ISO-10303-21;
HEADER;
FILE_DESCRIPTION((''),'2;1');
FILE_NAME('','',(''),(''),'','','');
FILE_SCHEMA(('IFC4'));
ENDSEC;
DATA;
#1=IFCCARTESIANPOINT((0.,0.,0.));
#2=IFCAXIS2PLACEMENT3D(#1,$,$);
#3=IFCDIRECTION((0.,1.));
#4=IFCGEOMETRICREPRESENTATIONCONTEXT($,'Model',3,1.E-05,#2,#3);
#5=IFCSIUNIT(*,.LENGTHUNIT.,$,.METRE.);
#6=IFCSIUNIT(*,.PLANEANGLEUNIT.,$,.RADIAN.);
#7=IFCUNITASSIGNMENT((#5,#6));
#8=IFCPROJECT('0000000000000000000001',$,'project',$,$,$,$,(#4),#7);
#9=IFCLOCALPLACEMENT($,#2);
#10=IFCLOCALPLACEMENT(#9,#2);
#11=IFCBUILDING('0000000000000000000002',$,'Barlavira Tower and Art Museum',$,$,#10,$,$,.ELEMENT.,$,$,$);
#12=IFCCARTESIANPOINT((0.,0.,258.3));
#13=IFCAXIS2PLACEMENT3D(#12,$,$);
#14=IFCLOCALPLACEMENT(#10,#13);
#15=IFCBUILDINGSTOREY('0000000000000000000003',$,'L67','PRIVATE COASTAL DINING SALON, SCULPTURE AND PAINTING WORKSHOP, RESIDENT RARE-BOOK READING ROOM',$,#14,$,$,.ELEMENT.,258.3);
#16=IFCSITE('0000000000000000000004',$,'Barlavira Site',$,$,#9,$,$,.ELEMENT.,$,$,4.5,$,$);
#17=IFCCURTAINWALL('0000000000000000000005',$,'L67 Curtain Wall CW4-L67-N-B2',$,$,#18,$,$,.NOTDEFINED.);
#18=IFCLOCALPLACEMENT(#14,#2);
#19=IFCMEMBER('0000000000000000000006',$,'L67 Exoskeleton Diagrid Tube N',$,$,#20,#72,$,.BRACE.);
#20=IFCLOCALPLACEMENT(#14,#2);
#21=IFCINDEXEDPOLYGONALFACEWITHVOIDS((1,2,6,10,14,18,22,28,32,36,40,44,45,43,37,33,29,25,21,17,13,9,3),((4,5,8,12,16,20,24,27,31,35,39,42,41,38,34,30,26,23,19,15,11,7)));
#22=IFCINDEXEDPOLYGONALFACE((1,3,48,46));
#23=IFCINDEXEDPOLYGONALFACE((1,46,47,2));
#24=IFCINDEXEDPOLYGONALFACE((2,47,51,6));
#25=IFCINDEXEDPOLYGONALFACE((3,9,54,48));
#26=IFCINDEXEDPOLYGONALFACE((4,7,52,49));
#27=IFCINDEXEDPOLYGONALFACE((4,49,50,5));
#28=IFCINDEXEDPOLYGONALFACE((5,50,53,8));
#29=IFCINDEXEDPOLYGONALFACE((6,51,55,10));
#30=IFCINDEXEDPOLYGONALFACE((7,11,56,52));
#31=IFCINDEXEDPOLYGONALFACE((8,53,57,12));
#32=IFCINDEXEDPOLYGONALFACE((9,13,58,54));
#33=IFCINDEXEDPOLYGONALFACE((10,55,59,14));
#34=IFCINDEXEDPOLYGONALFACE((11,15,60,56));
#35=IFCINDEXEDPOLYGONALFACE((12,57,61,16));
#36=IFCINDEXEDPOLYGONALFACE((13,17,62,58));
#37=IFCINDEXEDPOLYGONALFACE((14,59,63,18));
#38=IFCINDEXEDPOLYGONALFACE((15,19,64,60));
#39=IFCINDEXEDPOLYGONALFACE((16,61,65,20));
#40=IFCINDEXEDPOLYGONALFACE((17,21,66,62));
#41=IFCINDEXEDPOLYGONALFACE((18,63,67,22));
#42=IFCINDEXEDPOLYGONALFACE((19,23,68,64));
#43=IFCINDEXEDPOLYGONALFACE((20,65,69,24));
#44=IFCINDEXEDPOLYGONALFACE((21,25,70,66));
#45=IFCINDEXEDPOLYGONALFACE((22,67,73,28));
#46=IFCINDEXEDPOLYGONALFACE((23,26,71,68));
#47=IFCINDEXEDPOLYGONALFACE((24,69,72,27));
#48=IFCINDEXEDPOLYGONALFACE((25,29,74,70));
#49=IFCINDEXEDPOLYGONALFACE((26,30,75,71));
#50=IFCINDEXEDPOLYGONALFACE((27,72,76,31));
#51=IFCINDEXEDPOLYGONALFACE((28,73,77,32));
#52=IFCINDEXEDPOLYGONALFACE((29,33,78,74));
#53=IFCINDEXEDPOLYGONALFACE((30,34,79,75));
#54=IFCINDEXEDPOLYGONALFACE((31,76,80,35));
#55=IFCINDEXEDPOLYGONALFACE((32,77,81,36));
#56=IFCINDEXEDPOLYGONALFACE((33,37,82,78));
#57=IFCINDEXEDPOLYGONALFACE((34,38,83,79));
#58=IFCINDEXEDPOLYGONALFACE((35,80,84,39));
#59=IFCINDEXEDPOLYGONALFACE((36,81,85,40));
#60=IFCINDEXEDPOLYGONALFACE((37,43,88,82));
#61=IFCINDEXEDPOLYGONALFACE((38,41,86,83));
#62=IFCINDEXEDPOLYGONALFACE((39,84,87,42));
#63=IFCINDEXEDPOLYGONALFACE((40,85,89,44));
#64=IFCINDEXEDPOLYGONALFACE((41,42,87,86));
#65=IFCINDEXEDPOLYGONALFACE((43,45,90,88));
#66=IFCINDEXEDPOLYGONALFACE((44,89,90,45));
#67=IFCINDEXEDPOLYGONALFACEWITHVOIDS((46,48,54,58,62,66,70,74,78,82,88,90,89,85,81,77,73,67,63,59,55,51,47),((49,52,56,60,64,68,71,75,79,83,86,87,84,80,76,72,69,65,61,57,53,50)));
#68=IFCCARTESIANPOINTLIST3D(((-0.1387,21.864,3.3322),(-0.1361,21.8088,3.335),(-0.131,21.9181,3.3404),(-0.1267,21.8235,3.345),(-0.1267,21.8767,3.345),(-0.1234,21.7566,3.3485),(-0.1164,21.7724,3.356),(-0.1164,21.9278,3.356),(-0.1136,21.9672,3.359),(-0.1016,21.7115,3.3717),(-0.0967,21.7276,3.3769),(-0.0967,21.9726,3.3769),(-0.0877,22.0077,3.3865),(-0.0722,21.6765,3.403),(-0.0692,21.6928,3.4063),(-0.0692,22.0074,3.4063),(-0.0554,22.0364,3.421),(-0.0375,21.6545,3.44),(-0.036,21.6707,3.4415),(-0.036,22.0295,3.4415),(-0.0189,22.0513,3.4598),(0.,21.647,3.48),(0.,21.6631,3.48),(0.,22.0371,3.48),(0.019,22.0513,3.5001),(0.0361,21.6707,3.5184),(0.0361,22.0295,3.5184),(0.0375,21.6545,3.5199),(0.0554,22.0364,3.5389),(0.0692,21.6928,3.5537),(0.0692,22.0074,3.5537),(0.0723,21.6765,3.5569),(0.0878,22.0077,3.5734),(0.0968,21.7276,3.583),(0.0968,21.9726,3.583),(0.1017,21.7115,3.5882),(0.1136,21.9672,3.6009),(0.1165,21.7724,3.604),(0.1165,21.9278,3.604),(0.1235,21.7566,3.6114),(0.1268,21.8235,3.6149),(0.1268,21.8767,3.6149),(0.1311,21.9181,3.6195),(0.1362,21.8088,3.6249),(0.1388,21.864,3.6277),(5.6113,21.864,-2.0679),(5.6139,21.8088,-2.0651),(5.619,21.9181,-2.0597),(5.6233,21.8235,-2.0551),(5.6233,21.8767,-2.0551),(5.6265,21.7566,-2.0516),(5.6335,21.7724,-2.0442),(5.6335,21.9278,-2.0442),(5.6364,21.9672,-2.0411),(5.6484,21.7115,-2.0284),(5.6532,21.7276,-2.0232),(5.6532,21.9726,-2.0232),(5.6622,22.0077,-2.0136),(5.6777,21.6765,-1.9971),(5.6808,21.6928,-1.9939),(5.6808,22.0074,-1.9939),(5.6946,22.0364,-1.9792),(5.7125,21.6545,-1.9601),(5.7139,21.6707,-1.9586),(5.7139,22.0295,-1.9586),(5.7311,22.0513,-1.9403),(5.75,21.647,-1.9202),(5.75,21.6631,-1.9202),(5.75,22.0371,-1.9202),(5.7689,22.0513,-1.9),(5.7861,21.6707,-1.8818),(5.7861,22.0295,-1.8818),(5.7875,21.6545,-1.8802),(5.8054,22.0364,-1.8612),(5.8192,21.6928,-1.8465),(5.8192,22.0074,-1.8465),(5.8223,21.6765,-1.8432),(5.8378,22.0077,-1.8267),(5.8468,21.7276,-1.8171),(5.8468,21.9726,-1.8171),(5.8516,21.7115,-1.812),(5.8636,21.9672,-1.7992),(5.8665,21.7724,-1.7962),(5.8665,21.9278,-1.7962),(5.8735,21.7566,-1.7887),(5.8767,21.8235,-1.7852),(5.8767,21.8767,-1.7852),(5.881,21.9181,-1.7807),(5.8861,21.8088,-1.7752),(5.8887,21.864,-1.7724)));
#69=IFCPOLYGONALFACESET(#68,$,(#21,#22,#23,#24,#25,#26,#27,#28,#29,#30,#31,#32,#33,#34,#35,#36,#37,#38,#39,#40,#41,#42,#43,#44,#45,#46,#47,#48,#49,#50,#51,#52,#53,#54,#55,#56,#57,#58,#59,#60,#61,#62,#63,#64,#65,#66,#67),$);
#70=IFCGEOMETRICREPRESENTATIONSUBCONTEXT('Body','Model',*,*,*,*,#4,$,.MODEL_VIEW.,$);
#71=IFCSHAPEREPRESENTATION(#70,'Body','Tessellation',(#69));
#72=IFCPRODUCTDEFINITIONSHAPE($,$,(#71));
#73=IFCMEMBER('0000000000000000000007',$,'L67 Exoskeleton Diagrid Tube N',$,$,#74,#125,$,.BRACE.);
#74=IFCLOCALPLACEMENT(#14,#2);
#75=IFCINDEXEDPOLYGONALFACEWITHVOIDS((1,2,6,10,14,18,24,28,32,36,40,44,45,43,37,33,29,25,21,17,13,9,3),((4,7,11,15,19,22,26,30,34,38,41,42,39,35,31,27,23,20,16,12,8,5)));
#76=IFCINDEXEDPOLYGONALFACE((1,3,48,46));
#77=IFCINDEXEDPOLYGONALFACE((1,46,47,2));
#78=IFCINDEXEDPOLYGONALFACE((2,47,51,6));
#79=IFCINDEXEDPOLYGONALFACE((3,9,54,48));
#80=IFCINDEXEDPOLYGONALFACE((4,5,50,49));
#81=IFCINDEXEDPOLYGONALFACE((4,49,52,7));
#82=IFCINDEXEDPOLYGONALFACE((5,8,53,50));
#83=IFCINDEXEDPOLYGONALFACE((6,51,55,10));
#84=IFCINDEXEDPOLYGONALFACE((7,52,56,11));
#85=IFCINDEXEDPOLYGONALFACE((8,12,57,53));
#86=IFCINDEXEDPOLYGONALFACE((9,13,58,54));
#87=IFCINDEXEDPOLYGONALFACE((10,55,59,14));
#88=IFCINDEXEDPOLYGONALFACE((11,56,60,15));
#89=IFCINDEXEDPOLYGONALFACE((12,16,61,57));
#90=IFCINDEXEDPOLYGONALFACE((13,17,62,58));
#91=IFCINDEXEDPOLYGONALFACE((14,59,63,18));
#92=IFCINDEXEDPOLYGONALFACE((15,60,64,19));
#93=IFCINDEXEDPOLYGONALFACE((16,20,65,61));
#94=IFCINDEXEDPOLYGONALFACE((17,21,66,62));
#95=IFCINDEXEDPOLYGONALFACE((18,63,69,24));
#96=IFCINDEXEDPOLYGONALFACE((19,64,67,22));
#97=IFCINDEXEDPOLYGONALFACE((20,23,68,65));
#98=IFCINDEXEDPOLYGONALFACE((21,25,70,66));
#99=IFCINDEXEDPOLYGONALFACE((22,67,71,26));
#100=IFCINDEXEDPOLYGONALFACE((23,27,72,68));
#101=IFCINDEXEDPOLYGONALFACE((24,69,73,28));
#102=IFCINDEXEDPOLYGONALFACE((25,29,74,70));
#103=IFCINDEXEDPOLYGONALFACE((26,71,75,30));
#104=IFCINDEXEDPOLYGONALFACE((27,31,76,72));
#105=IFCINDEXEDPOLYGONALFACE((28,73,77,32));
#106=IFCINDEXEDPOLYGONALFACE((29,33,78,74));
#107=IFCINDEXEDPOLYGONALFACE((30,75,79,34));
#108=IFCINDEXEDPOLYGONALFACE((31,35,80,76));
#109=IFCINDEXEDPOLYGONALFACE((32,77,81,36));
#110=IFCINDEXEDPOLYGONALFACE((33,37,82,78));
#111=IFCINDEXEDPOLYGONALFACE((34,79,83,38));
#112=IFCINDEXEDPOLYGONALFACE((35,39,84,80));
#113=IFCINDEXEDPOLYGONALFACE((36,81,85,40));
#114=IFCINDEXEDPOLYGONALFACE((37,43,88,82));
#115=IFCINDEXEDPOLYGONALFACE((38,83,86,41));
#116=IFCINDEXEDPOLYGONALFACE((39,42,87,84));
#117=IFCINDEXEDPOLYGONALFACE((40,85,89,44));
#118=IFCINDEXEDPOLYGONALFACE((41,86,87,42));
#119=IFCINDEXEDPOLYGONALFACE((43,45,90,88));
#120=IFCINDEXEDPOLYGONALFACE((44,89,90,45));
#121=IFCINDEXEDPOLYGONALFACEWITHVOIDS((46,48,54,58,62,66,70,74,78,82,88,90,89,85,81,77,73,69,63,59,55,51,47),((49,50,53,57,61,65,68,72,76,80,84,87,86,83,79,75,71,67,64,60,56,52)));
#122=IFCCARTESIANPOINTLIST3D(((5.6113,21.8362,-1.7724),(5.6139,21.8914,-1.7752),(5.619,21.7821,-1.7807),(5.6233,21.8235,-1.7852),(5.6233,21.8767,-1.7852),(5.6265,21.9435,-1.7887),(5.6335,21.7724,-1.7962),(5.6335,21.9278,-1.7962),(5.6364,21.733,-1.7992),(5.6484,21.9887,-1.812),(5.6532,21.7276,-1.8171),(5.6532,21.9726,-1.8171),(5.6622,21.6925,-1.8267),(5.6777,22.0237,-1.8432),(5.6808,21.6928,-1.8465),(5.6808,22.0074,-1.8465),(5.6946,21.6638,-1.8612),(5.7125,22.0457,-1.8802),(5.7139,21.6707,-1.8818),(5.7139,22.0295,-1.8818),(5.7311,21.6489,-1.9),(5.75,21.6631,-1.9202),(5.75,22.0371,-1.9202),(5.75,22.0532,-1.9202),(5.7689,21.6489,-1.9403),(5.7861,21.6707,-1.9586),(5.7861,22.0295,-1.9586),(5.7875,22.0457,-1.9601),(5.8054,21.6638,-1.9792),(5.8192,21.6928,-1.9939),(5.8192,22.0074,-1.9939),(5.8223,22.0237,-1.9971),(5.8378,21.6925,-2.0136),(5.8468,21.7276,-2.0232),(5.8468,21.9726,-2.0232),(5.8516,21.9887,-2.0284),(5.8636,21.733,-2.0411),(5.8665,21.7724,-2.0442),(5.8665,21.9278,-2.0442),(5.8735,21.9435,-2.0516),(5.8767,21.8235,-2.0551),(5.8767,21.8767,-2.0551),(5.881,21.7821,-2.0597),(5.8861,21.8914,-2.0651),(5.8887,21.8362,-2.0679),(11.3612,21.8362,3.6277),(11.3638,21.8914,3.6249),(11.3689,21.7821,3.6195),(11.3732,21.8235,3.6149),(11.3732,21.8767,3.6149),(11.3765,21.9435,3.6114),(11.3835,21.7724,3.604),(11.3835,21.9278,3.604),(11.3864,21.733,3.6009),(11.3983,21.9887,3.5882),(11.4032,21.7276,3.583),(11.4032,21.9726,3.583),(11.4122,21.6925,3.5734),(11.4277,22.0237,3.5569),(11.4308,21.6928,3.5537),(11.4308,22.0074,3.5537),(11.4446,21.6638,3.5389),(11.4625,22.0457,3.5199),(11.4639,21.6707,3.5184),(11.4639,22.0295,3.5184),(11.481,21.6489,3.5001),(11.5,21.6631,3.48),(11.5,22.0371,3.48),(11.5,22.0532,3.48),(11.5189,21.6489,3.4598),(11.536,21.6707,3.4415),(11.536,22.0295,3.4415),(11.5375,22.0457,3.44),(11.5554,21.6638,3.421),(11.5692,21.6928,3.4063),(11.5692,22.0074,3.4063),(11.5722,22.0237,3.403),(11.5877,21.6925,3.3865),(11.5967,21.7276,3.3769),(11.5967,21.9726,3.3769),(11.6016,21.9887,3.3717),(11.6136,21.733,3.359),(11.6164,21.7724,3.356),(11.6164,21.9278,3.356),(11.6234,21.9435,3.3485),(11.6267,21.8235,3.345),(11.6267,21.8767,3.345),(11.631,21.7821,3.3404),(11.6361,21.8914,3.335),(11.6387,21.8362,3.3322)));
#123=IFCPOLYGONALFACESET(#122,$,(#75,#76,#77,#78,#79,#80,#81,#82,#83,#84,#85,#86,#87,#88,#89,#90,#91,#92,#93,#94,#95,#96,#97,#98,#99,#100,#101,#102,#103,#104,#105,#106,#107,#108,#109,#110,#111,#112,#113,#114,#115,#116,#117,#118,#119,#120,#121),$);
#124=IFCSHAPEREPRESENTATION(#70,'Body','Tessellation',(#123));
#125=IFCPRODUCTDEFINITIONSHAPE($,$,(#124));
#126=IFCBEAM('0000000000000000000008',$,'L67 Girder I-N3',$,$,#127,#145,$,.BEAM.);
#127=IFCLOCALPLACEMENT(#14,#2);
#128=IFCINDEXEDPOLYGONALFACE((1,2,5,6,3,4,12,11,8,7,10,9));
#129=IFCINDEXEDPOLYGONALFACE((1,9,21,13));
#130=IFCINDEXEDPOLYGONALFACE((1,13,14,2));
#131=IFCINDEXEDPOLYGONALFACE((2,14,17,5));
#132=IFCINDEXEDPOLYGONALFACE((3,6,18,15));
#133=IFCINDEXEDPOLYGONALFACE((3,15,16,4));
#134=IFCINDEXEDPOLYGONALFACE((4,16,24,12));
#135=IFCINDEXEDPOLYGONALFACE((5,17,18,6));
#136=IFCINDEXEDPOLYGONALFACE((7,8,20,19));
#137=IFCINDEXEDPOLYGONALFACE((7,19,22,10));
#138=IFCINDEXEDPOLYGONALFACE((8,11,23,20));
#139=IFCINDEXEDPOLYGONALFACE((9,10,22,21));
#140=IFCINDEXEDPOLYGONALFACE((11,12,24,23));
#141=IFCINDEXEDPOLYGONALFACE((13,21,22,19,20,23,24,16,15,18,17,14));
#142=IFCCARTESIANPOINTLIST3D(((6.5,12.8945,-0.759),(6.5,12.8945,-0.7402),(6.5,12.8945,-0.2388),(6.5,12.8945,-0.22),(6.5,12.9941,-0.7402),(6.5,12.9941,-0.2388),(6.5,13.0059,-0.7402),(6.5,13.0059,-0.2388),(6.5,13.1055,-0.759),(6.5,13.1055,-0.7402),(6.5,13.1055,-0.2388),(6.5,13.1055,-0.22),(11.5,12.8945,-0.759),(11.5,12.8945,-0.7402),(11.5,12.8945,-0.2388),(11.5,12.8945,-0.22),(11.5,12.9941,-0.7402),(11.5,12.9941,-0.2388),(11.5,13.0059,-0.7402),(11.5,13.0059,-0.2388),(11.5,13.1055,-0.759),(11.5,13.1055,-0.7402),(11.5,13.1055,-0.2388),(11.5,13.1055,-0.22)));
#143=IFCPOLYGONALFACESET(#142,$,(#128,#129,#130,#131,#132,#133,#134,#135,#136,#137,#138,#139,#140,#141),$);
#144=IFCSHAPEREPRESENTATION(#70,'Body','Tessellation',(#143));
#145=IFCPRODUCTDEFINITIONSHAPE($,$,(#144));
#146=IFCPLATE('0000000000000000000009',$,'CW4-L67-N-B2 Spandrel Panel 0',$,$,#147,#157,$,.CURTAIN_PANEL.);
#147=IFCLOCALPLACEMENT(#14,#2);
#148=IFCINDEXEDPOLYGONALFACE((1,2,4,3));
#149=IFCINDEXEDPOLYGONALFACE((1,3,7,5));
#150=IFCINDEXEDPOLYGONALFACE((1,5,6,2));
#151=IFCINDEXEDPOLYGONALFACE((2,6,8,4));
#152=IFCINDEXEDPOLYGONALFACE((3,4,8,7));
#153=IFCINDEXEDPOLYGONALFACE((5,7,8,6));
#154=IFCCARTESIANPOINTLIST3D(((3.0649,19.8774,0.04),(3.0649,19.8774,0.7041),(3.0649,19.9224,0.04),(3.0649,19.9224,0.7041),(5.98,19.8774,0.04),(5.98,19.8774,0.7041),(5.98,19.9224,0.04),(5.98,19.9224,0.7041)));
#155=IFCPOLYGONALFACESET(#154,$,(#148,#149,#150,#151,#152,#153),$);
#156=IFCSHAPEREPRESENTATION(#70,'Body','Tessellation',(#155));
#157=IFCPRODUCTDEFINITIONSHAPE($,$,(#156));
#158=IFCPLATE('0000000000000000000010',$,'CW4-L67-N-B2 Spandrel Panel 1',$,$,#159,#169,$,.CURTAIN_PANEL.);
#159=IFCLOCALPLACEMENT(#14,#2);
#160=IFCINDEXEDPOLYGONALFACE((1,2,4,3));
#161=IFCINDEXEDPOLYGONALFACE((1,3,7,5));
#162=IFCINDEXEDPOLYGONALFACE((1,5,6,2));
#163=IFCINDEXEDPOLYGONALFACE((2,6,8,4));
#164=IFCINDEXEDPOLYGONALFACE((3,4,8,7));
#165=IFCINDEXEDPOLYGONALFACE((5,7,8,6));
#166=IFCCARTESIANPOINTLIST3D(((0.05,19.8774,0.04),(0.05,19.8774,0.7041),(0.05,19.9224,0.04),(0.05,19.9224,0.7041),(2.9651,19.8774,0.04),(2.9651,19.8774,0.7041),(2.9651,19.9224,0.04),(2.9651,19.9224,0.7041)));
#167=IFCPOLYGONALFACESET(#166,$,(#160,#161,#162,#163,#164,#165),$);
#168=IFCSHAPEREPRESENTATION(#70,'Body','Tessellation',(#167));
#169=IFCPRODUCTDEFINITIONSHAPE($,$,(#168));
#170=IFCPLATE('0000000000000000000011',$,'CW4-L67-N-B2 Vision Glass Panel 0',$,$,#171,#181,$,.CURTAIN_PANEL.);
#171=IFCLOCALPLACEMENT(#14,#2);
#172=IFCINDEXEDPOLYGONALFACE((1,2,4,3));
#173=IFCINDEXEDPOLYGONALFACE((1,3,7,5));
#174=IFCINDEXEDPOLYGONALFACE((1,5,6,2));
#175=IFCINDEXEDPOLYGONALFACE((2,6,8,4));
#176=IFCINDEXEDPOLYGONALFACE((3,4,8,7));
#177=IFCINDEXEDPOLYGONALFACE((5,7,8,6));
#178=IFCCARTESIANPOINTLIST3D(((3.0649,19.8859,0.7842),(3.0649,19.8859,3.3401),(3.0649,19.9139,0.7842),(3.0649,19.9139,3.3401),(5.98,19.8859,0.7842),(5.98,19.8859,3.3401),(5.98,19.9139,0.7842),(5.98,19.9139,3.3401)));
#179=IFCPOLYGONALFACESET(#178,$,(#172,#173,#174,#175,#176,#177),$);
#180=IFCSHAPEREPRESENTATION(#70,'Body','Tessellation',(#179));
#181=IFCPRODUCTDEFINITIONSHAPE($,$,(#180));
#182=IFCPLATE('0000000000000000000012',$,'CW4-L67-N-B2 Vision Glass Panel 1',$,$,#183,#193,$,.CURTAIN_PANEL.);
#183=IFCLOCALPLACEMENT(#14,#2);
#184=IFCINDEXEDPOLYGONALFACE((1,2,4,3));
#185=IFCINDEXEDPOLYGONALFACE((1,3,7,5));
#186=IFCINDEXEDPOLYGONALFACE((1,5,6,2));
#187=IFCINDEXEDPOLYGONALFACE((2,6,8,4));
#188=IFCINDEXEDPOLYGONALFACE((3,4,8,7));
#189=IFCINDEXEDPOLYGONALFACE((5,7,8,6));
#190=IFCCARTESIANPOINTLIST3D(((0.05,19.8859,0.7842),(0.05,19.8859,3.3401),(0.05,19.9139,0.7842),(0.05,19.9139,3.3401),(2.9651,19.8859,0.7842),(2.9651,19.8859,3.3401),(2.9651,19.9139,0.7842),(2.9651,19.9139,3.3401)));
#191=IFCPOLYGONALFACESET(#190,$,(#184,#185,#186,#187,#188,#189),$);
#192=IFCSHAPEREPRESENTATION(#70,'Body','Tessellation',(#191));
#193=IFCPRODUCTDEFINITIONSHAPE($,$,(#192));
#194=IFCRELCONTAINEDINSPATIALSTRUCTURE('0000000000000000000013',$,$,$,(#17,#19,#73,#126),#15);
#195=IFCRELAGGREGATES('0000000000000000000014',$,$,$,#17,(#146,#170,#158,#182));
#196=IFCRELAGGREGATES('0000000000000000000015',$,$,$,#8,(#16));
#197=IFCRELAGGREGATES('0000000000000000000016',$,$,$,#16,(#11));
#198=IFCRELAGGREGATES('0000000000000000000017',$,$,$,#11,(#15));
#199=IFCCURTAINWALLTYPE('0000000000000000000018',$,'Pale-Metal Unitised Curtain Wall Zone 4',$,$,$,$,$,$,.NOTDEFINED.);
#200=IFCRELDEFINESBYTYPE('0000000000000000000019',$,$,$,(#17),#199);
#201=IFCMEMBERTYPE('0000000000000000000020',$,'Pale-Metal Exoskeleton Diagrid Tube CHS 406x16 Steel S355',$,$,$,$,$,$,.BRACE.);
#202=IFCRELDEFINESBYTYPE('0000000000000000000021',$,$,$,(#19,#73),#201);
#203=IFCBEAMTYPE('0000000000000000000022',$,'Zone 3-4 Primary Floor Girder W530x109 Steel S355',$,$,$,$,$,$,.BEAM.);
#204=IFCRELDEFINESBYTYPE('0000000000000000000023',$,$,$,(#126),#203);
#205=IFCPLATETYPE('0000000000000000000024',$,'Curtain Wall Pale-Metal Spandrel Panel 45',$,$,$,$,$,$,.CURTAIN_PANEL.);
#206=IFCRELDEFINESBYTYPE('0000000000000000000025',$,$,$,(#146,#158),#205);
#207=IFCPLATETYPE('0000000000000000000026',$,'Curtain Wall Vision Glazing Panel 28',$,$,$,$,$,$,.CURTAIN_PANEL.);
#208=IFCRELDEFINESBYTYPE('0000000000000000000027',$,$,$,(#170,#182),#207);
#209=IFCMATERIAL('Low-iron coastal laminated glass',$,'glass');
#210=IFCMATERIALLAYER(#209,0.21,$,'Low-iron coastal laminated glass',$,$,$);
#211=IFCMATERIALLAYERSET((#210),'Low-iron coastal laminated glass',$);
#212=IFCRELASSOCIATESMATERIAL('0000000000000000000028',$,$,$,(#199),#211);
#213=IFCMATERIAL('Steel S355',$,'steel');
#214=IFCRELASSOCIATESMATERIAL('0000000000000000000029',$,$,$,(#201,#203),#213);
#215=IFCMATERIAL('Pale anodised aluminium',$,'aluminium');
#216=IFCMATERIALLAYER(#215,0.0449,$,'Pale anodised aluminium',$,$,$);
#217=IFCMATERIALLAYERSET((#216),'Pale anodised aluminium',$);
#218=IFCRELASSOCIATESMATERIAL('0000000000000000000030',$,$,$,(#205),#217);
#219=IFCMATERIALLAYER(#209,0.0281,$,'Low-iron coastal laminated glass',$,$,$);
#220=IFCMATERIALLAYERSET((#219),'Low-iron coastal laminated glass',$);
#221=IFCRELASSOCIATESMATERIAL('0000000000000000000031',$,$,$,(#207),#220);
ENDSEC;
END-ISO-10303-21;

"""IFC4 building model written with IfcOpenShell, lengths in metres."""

from ifc_helpers import new_model, si_unit, direction, frame, origin, origin_2d, place, context, subcontext, project, spatial, rectangle, hollow_circle, i_section, extrude, material, layer, layer_set, material_profile, profile_set, type_object, element, aggregate, save


model = new_model("IFC4")

# Units and contexts
model_context = context("Model", 3, precision=1e-05, world=origin(), true_north=direction((0.0, 1.0)))
body_context = subcontext(model_context, "Body", "Model", "MODEL_VIEW")
ifc_project = project(units=[si_unit("LENGTHUNIT", "METRE"), si_unit("PLANEANGLEUNIT", "RADIAN")], contexts=[model_context])

# Site, building, storey
site_placement = place(None, origin())
site = spatial("IfcSite", under=ifc_project, at=site_placement, Name="Barlavira Site", CompositionType="ELEMENT", RefElevation=4.5)
building_placement = place(site_placement, origin())
building = spatial("IfcBuilding", under=site, at=building_placement, Name="Barlavira Tower and Art Museum", CompositionType="ELEMENT")
storey_placement = place(building_placement, frame((0.0, 0.0, 258.3)))
storey = spatial("IfcBuildingStorey", under=building, at=storey_placement, Name="L67", Description="PRIVATE COASTAL DINING SALON, SCULPTURE AND PAINTING WORKSHOP, RESIDENT RARE-BOOK READING ROOM", CompositionType="ELEMENT", Elevation=258.3)

# Curtain wall
ifc_material_1 = material(Name="Low-iron coastal laminated glass", Category="glass")
ifc_layer_1 = layer(ifc_material_1, 0.21, Name="Low-iron coastal laminated glass")
ifc_layer_set_1 = layer_set([ifc_layer_1], Name="Low-iron coastal laminated glass")
curtain_wall_type = type_object("IfcCurtainWallType", Name="Pale-Metal Unitised Curtain Wall Zone 4", PredefinedType="NOTDEFINED", material=ifc_layer_set_1)
curtain_wall_placement = place(storey_placement, origin())
curtain_wall = element("IfcCurtainWall", 1, at=curtain_wall_placement, inside=storey, type_object=curtain_wall_type, Name="L67 Curtain Wall CW4-L67-N-B2", PredefinedType="NOTDEFINED")
ifc_material_2 = material(Name="Pale anodised aluminium", Category="aluminium")

# Members
ifc_material_3 = material(Name="Steel S355", Category="steel")
ifc_material_profile_1 = material_profile(ifc_material_3, hollow_circle(Radius=0.2031, WallThickness=0.0161, at=origin_2d()), Name="CHS 406.4x16.0")
ifc_profile_set_1 = profile_set([ifc_material_profile_1], Name="Steel S355")
member_type_1 = type_object("IfcMemberType", Name="Pale-Metal Exoskeleton Diagrid Tube CHS 406x16 Steel S355", PredefinedType="BRACE", material=ifc_profile_set_1)
for number, where, z_axis, x_axis, name in (
    (2, (5.75, 21.8501, -1.9202), (-0.728935, 0.0, 0.684583), (0.0, -1.0, 0.0), "L67 Exoskeleton Diagrid Tube N"),
    (3, (5.75, 21.8501, -1.9202), (0.728935, 0.0, 0.684583), (0.0, 1.0, 0.0), "L67 Exoskeleton Diagrid Tube N"),
):
    element("IfcMember", number, at=place(storey_placement, frame(where, z_axis=z_axis, x_axis=x_axis)), inside=storey, type_object=member_type_1, Name=name, PredefinedType="BRACE", context=body_context, shape_type="SweptSolid", body=[
        extrude(hollow_circle(Radius=0.2031, WallThickness=0.0161, at=origin_2d()), origin(), (0.0, 0.0, 1.0), 7.8882),
    ])

# Beam
ifc_material_profile_2 = material_profile(ifc_material_3, i_section(OverallWidth=0.2109, OverallDepth=0.5391, WebThickness=0.0117, FlangeThickness=0.0188, at=origin_2d()), Name="W530x109.0")
ifc_profile_set_2 = profile_set([ifc_material_profile_2], Name="Steel S355")
beam_type = type_object("IfcBeamType", Name="Zone 3-4 Primary Floor Girder W530x109 Steel S355", PredefinedType="BEAM", material=ifc_profile_set_2)
beam_placement = place(storey_placement, frame((6.5, 13.0, -0.4895), z_axis=(1.0, 0.0, 0.0), x_axis=(0.0, 1.0, 0.0)))
element("IfcBeam", 4, at=beam_placement, inside=storey, type_object=beam_type, Name="L67 Girder I-N3", PredefinedType="BEAM", context=body_context, shape_type="SweptSolid", body=[
    extrude(i_section(OverallWidth=0.2109, OverallDepth=0.5391, WebThickness=0.0117, FlangeThickness=0.0188, at=origin_2d()), origin(), (0.0, 0.0, 1.0), 5.0),
])

# Plates
ifc_layer_2 = layer(ifc_material_2, 0.0449, Name="Pale anodised aluminium")
ifc_layer_set_2 = layer_set([ifc_layer_2], Name="Pale anodised aluminium")
plate_type_1 = type_object("IfcPlateType", Name="Curtain Wall Pale-Metal Spandrel Panel 45", PredefinedType="CURTAIN_PANEL", material=ifc_layer_set_2)
plate_1_placement = place(storey_placement, frame((4.5225, 19.8999, 0.04), z_axis=(0.0, 0.0, 1.0), x_axis=(-1.0, 0.0, 0.0)))
plate_1 = element("IfcPlate", 5, at=plate_1_placement, type_object=plate_type_1, Name="CW4-L67-N-B2 Spandrel Panel 0", PredefinedType="CURTAIN_PANEL", context=body_context, shape_type="SweptSolid", body=[
    extrude(rectangle(XDim=2.915, YDim=0.0449, at=origin_2d()), origin(), (0.0, 0.0, 1.0), 0.6641),
])
plate_2_placement = place(storey_placement, frame((1.5076, 19.8999, 0.04), z_axis=(0.0, 0.0, 1.0), x_axis=(-1.0, 0.0, 0.0)))
plate_2 = element("IfcPlate", 6, at=plate_2_placement, type_object=plate_type_1, Name="CW4-L67-N-B2 Spandrel Panel 1", PredefinedType="CURTAIN_PANEL", context=body_context, shape_type="SweptSolid", body=[
    extrude(rectangle(XDim=2.915, YDim=0.0449, at=origin_2d()), origin(), (0.0, 0.0, 1.0), 0.6641),
])
ifc_layer_3 = layer(ifc_material_1, 0.0281, Name="Low-iron coastal laminated glass")
ifc_layer_set_3 = layer_set([ifc_layer_3], Name="Low-iron coastal laminated glass")
plate_type_2 = type_object("IfcPlateType", Name="Curtain Wall Vision Glazing Panel 28", PredefinedType="CURTAIN_PANEL", material=ifc_layer_set_3)
plate_3_placement = place(storey_placement, frame((4.5225, 19.8999, 0.7842), z_axis=(0.0, 0.0, 1.0), x_axis=(-1.0, 0.0, 0.0)))
plate_3 = element("IfcPlate", 7, at=plate_3_placement, type_object=plate_type_2, Name="CW4-L67-N-B2 Vision Glass Panel 0", PredefinedType="CURTAIN_PANEL", context=body_context, shape_type="SweptSolid", body=[
    extrude(rectangle(XDim=2.915, YDim=0.0281, at=origin_2d()), origin(), (0.0, 0.0, 1.0), 2.5559),
])
plate_4_placement = place(storey_placement, frame((1.5076, 19.8999, 0.7842), z_axis=(0.0, 0.0, 1.0), x_axis=(-1.0, 0.0, 0.0)))
plate_4 = element("IfcPlate", 8, at=plate_4_placement, type_object=plate_type_2, Name="CW4-L67-N-B2 Vision Glass Panel 1", PredefinedType="CURTAIN_PANEL", context=body_context, shape_type="SweptSolid", body=[
    extrude(rectangle(XDim=2.915, YDim=0.0281, at=origin_2d()), origin(), (0.0, 0.0, 1.0), 2.5559),
])
aggregate(curtain_wall, [plate_1, plate_3, plate_2, plate_4])

save(model, "model.ifc")
